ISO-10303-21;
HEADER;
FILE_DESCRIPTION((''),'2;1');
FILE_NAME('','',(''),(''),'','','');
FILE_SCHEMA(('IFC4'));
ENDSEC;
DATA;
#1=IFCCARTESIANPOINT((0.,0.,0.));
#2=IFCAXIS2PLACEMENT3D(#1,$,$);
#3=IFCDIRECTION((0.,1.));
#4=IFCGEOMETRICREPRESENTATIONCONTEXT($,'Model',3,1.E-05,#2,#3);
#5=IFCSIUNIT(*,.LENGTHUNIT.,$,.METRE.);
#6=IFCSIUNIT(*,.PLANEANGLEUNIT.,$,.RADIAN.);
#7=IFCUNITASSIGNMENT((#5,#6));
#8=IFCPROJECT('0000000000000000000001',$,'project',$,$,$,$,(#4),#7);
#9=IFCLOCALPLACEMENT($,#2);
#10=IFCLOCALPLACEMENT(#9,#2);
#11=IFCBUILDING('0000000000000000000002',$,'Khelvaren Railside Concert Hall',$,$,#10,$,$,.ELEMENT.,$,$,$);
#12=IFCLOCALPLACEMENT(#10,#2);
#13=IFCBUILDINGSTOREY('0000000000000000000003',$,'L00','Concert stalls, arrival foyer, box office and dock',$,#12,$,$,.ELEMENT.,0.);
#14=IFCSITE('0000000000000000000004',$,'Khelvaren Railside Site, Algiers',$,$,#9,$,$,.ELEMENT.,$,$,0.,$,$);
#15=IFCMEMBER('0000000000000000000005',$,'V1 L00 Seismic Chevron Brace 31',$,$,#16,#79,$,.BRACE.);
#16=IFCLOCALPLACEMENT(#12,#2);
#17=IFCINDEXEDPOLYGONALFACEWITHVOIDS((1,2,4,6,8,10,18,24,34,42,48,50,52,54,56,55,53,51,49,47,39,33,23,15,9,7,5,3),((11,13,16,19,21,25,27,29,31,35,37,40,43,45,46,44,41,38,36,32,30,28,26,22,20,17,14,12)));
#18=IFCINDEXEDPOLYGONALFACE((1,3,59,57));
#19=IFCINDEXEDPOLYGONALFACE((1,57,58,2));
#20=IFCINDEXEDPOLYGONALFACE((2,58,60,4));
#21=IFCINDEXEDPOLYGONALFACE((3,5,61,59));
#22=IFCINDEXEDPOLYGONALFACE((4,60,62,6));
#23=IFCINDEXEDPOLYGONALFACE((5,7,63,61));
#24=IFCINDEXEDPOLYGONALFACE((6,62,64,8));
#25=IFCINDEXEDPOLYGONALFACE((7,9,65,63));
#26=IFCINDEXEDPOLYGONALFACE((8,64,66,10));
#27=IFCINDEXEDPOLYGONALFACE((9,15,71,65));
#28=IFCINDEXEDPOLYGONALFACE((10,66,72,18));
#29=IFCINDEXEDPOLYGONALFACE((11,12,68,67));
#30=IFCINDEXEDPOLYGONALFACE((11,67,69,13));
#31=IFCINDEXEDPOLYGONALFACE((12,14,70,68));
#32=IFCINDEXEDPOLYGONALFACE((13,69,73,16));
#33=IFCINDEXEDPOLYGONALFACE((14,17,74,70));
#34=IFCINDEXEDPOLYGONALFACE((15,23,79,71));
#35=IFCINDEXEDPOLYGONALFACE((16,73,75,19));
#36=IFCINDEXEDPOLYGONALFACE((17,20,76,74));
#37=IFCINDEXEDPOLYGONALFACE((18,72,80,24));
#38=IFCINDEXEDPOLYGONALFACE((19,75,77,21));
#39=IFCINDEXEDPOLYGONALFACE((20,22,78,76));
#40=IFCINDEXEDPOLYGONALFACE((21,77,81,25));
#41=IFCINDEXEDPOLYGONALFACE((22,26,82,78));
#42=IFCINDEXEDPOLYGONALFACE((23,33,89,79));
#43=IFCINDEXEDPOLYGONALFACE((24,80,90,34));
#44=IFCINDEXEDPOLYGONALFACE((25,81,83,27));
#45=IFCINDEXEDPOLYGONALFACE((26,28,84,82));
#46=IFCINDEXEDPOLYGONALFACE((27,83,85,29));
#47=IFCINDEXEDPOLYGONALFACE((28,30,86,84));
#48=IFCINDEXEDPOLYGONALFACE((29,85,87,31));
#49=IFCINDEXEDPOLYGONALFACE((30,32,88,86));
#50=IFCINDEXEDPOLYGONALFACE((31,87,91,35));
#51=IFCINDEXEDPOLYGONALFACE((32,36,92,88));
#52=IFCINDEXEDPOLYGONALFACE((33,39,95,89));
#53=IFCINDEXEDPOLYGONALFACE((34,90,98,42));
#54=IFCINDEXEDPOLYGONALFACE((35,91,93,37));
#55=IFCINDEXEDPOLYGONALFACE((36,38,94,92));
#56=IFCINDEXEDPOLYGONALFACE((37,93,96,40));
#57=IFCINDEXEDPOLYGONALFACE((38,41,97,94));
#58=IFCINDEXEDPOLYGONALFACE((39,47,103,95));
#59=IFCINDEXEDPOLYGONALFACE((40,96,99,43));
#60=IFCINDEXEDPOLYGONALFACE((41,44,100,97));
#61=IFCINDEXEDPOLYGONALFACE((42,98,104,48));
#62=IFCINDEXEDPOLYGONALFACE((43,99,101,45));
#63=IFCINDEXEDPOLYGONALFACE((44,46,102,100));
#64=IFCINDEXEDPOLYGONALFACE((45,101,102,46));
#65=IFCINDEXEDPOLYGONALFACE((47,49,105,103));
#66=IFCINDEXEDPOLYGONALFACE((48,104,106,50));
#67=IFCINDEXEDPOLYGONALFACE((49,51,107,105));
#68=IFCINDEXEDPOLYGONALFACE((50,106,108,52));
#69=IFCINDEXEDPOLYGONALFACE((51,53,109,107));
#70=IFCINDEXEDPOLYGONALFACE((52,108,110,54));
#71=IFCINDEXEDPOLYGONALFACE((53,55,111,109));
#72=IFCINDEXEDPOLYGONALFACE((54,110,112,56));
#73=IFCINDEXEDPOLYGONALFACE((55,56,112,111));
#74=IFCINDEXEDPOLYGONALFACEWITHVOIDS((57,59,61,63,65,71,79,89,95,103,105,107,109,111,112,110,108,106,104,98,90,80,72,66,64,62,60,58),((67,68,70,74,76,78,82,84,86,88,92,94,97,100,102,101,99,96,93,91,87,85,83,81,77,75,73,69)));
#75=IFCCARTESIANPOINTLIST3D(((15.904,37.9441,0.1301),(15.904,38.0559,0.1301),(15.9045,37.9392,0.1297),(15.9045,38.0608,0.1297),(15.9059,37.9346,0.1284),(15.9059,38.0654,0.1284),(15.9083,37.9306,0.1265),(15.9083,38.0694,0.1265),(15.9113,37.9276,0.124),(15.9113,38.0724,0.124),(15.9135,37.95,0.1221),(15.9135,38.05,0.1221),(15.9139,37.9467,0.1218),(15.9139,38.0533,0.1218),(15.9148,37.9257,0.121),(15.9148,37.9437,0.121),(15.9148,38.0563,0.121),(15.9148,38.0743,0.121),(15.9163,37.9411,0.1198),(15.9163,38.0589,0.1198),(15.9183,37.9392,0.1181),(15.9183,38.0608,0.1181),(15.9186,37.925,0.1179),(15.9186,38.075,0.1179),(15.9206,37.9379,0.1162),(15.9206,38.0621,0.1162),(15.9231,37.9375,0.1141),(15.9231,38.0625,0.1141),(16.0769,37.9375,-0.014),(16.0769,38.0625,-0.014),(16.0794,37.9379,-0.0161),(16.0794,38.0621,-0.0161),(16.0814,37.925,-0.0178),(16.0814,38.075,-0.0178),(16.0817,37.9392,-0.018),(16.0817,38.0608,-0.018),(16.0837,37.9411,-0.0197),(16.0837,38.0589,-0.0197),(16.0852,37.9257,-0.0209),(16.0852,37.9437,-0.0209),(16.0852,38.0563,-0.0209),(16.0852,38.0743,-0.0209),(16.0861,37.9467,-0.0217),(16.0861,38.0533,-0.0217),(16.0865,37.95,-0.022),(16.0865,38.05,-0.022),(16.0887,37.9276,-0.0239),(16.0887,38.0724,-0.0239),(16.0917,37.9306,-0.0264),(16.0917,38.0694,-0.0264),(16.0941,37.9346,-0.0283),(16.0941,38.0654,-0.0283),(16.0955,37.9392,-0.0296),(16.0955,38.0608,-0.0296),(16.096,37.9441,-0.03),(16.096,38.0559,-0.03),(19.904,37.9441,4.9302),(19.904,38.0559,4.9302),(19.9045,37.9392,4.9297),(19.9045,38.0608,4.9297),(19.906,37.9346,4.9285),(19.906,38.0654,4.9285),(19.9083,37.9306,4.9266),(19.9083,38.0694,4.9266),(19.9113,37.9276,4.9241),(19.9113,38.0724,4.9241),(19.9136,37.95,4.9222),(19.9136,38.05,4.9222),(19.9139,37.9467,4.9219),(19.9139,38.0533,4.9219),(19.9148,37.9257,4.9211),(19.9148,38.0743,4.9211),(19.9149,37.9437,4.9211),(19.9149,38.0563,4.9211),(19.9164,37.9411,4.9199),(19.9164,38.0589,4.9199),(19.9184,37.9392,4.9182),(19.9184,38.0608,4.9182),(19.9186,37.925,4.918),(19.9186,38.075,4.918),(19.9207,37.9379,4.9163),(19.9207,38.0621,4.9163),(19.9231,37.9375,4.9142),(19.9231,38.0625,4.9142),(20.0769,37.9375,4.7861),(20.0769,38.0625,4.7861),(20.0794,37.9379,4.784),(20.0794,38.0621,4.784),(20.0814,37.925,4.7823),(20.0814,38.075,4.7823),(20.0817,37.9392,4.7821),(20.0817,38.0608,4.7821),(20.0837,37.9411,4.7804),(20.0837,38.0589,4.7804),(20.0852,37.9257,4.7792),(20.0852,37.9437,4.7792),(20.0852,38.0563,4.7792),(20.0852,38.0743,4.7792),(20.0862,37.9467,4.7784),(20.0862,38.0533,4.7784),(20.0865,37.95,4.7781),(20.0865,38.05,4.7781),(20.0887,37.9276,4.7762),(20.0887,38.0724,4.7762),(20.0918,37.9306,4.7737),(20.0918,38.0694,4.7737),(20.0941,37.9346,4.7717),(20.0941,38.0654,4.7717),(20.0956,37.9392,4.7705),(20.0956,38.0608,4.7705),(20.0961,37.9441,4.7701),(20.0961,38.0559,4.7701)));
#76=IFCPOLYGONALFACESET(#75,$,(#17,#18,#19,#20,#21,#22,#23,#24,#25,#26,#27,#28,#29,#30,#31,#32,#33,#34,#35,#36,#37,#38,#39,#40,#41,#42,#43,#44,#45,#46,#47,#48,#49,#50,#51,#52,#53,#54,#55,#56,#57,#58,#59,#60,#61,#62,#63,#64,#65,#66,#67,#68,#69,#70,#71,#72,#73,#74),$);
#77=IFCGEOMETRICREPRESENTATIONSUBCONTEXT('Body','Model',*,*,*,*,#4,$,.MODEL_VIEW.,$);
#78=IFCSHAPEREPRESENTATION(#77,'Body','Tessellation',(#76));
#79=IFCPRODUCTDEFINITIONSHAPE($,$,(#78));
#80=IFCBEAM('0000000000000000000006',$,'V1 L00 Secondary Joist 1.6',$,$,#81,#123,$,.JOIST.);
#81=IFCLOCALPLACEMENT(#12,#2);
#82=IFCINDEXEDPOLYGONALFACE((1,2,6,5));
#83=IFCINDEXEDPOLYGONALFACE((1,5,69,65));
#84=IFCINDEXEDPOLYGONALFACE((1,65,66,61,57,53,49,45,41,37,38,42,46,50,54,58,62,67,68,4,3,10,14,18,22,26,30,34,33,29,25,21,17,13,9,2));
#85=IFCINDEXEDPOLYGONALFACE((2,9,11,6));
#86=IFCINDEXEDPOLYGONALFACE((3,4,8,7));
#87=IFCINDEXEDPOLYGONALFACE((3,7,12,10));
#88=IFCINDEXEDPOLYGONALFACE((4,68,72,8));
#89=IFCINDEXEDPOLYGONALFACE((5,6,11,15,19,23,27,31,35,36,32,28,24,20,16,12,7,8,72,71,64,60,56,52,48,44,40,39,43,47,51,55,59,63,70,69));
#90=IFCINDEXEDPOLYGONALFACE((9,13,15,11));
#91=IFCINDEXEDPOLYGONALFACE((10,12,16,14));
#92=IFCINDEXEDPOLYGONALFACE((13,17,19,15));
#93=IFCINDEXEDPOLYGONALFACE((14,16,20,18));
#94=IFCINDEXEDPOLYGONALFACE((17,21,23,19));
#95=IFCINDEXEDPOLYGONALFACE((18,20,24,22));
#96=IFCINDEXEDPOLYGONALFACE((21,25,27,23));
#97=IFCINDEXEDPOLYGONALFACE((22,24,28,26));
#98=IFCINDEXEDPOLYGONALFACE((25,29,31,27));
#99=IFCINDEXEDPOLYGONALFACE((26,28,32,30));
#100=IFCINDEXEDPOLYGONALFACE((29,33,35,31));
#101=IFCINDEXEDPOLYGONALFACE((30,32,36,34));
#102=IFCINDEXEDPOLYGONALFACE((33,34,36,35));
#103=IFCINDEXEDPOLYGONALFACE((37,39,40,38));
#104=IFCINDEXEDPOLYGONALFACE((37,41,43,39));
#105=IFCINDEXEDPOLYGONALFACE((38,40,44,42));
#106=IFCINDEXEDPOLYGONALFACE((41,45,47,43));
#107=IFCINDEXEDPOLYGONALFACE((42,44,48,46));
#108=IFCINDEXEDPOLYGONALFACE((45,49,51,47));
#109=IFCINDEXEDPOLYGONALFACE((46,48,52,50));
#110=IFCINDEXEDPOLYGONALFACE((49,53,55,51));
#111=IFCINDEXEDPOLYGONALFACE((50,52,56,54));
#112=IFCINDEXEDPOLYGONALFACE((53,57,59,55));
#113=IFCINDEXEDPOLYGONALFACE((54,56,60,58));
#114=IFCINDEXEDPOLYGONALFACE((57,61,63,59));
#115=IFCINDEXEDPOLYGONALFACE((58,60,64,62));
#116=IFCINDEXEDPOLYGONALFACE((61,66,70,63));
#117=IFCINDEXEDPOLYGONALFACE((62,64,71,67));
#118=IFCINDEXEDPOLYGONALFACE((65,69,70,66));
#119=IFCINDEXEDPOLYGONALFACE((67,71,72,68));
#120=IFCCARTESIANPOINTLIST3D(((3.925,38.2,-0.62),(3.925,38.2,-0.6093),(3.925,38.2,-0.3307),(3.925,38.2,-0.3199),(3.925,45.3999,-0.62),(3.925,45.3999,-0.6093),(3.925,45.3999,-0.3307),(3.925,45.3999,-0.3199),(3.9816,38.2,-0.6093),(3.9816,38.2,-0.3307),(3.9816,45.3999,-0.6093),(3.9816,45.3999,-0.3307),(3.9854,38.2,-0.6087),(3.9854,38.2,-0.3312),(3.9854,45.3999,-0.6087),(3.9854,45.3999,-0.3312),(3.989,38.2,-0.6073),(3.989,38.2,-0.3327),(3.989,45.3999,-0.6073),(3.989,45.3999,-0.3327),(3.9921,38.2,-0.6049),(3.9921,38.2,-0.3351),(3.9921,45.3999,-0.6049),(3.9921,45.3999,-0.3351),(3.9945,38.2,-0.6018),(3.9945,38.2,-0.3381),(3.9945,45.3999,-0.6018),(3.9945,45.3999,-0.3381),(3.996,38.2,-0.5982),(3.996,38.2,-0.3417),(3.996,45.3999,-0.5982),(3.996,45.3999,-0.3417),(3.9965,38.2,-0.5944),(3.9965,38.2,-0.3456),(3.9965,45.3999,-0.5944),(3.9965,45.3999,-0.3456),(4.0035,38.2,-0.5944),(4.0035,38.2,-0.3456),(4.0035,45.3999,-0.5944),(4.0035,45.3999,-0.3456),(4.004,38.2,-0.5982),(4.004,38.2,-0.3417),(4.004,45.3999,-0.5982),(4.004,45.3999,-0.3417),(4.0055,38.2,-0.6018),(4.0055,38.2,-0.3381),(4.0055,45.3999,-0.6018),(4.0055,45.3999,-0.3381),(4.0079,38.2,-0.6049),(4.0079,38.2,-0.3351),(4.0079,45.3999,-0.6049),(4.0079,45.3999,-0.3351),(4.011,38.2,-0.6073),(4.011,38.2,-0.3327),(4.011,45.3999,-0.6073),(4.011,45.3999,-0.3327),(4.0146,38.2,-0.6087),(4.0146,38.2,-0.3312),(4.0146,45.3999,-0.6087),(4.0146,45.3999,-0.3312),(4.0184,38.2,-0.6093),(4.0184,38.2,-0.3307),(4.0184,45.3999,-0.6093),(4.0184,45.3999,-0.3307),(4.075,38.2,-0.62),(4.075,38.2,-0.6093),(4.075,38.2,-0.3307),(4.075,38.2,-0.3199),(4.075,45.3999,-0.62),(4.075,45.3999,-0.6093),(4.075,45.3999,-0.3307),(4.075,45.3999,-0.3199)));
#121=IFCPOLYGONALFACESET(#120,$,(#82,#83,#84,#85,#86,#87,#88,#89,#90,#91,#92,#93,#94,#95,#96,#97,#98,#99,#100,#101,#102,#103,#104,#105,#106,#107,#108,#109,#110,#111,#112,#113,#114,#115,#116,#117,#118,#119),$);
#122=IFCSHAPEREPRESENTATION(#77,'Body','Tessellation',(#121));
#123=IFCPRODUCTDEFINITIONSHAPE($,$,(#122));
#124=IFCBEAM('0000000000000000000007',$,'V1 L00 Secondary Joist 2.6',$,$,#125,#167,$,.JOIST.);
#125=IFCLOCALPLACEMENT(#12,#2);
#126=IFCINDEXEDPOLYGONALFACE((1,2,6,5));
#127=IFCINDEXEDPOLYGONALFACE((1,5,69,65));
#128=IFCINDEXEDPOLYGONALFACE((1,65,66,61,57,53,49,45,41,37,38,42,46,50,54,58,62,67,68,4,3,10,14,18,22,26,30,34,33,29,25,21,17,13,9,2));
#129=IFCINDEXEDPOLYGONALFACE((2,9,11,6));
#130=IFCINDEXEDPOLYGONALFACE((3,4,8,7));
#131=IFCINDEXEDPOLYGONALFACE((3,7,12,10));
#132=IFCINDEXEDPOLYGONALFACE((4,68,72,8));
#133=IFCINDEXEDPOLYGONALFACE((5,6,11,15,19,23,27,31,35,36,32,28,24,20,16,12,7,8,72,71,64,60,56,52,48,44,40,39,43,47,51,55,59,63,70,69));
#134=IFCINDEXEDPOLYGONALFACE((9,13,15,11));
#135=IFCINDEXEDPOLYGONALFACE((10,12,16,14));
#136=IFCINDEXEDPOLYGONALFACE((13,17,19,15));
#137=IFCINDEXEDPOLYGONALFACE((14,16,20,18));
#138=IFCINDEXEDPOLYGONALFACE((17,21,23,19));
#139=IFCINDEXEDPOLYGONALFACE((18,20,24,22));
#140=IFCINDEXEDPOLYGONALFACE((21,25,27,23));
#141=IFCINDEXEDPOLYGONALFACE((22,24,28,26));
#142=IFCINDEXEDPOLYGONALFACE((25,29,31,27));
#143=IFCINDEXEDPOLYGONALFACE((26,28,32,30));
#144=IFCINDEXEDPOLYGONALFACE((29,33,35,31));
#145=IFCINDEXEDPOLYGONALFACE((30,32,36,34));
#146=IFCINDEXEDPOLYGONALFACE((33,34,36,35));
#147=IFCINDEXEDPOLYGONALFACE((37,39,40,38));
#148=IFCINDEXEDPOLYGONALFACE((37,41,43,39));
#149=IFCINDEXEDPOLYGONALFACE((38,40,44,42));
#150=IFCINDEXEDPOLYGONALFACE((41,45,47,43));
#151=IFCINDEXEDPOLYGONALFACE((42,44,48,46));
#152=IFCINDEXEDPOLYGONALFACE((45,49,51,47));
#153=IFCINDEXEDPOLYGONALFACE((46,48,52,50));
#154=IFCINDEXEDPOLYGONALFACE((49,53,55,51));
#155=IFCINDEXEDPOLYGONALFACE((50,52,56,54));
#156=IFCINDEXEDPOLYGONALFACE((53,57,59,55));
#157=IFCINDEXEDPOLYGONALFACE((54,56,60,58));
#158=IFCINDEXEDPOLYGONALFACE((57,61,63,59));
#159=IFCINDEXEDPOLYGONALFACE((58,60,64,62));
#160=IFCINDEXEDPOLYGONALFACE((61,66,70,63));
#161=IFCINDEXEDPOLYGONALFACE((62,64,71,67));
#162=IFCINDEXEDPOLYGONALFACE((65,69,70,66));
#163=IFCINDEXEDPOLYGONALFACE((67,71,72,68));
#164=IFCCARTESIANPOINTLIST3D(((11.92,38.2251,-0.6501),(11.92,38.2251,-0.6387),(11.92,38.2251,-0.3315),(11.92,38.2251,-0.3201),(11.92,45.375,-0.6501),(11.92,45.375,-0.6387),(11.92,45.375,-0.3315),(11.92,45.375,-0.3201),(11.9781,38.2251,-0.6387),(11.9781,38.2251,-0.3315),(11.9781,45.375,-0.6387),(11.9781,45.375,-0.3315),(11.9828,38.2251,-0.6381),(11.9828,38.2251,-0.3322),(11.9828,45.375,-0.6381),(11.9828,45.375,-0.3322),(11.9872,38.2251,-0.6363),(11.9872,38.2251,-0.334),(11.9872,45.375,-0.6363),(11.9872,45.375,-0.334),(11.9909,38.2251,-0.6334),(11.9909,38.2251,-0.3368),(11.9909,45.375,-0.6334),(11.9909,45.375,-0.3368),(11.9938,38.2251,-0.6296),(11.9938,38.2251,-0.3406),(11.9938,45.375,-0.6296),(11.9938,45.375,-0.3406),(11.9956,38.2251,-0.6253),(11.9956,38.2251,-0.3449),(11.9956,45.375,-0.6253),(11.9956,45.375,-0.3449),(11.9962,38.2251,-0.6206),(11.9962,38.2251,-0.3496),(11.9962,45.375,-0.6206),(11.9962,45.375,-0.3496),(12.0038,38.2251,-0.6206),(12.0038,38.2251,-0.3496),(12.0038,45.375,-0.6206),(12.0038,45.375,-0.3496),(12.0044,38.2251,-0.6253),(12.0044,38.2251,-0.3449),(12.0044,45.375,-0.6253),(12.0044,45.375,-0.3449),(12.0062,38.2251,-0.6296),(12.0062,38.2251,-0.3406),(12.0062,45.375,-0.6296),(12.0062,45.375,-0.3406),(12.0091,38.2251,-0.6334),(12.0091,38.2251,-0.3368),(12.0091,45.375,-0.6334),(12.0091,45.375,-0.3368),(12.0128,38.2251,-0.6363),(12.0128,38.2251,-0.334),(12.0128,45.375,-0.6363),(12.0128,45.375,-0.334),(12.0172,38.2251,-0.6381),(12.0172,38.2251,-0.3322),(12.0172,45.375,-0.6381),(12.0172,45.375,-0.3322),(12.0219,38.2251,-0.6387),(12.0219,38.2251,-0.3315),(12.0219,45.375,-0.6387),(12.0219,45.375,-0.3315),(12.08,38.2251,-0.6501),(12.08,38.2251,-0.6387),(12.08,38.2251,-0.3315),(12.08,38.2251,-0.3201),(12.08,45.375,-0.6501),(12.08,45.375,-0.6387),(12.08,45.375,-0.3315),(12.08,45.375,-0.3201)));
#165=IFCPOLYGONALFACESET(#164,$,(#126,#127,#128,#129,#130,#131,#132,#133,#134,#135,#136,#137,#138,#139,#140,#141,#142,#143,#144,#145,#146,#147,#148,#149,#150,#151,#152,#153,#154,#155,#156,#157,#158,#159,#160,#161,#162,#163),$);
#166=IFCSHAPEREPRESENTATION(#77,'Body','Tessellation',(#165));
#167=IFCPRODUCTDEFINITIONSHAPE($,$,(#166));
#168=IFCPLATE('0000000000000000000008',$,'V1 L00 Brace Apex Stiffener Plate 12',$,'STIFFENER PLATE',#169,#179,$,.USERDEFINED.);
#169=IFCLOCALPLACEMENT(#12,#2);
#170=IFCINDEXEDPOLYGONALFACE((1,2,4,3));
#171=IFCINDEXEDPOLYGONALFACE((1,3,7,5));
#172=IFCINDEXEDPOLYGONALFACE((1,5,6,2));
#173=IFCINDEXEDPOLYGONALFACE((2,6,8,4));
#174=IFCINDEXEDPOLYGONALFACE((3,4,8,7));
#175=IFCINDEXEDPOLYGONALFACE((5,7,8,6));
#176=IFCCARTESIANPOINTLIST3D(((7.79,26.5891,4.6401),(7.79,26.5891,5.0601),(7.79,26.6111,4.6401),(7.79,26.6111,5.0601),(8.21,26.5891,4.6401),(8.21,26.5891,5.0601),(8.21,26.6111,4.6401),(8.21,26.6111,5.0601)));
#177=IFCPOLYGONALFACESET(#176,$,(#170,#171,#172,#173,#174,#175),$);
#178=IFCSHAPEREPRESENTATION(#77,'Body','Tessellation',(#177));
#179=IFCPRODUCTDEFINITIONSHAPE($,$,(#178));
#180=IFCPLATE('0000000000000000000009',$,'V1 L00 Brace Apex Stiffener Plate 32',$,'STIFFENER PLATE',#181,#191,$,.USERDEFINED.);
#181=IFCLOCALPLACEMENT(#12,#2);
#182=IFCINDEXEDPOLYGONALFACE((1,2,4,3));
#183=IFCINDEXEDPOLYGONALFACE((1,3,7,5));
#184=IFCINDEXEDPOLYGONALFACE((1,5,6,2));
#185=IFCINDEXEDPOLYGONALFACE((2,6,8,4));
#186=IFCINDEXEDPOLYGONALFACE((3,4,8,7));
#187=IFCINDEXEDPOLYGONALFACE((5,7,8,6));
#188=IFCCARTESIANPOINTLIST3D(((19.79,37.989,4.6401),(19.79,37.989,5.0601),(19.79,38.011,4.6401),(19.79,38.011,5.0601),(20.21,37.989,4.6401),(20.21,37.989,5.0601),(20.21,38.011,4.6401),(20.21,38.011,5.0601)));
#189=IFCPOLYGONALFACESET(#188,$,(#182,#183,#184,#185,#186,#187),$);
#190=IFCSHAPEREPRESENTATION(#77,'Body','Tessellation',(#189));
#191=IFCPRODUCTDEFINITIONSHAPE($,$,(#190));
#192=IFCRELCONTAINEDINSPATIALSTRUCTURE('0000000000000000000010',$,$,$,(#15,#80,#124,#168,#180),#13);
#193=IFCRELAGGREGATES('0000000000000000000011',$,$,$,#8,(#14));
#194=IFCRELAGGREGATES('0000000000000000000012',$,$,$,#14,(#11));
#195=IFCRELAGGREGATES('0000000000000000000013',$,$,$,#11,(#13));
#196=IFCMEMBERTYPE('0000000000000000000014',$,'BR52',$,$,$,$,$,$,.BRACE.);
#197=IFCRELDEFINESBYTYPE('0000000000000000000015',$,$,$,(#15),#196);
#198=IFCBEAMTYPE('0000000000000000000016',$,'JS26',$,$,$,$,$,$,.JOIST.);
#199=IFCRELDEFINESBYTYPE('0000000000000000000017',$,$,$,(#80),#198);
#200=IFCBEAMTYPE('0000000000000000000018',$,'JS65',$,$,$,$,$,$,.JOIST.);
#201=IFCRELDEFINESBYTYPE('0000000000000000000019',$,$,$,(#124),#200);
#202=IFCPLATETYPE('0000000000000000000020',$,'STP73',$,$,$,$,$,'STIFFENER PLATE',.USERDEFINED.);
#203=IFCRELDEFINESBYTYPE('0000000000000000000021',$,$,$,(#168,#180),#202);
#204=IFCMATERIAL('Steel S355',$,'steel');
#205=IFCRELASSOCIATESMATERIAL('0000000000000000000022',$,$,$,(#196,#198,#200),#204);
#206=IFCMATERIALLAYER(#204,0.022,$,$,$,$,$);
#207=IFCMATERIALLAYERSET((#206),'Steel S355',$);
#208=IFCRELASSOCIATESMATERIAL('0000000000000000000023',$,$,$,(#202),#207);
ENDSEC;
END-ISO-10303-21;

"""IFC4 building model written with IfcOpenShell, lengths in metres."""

from ifc_helpers import new_model, si_unit, direction, frame, origin, origin_2d, place, context, subcontext, project, spatial, rectangle, hollow_rectangle, i_section, extrude, material, layer, layer_set, material_profile, profile_set, type_object, element, save


model = new_model("IFC4")

# Units and contexts
model_context = context("Model", 3, precision=1e-05, world=origin(), true_north=direction((0.0, 1.0)))
body_context = subcontext(model_context, "Body", "Model", "MODEL_VIEW")
ifc_project = project(units=[si_unit("LENGTHUNIT", "METRE"), si_unit("PLANEANGLEUNIT", "RADIAN")], contexts=[model_context])

# Site, building, storey
site_placement = place(None, origin())
site = spatial("IfcSite", under=ifc_project, at=site_placement, Name="Khelvaren Railside Site, Algiers", CompositionType="ELEMENT", RefElevation=0.0)
building_placement = place(site_placement, origin())
building = spatial("IfcBuilding", under=site, at=building_placement, Name="Khelvaren Railside Concert Hall", CompositionType="ELEMENT")
storey_placement = place(building_placement, origin())
storey = spatial("IfcBuildingStorey", under=building, at=storey_placement, Name="L00", Description="Concert stalls, arrival foyer, box office and dock", CompositionType="ELEMENT", Elevation=0.0)

# Shared definitions
ifc_material_1 = material(Name="Steel S355", Category="steel")

# Member
ifc_material_profile_1 = material_profile(ifc_material_1, hollow_rectangle(XDim=0.1499, YDim=0.25, WallThickness=0.0125, InnerFilletRadius=0.0125, OuterFilletRadius=0.019, at=origin_2d()), Name="RHS 250x150x12.5")
ifc_profile_set_1 = profile_set([ifc_material_profile_1], Name="Steel S355")
member_type = type_object("IfcMemberType", Name="BR52", PredefinedType="BRACE", material=ifc_profile_set_1)
member_1_placement = place(storey_placement, frame((16.0, 38.0, 0.05), z_axis=(0.640181, 0.0, 0.768224), x_axis=(0.0, 1.0, 0.0)))
element("IfcMember", 1, at=member_1_placement, inside=storey, type_object=member_type, Name="V1 L00 Seismic Chevron Brace 31", PredefinedType="BRACE", context=body_context, shape_type="SweptSolid", body=[
    extrude(hollow_rectangle(XDim=0.1499, YDim=0.25, WallThickness=0.0125, InnerFilletRadius=0.0125, OuterFilletRadius=0.019, at=origin_2d()), origin(), (0.0, 0.0, 1.0), 6.2483),
])

# Beams
ifc_material_profile_2 = material_profile(ifc_material_1, i_section(OverallWidth=0.1499, OverallDepth=0.3, WebThickness=0.0071, FlangeThickness=0.0107, FilletRadius=0.0149, at=origin_2d()), Name="IPE 300")
ifc_profile_set_2 = profile_set([ifc_material_profile_2], Name="Steel S355")
beam_type_1 = type_object("IfcBeamType", Name="JS26", PredefinedType="JOIST", material=ifc_profile_set_2)
beam_1_placement = place(storey_placement, frame((4.0, 38.2, -0.47), z_axis=(0.0, 1.0, 0.0), x_axis=(-1.0, 0.0, 0.0)))
element("IfcBeam", 2, at=beam_1_placement, inside=storey, type_object=beam_type_1, Name="V1 L00 Secondary Joist 1.6", PredefinedType="JOIST", context=body_context, shape_type="SweptSolid", body=[
    extrude(i_section(OverallWidth=0.1499, OverallDepth=0.3, WebThickness=0.0071, FlangeThickness=0.0107, FilletRadius=0.0149, at=origin_2d()), origin(), (0.0, 0.0, 1.0), 7.2),
])
ifc_material_profile_3 = material_profile(ifc_material_1, i_section(OverallWidth=0.1599, OverallDepth=0.3301, WebThickness=0.0076, FlangeThickness=0.0115, FilletRadius=0.0181, at=origin_2d()), Name="IPE 330")
ifc_profile_set_3 = profile_set([ifc_material_profile_3], Name="Steel S355")
beam_type_2 = type_object("IfcBeamType", Name="JS65", PredefinedType="JOIST", material=ifc_profile_set_3)
beam_2_placement = place(storey_placement, frame((12.0, 38.2251, -0.4851), z_axis=(0.0, 1.0, 0.0), x_axis=(-1.0, 0.0, 0.0)))
element("IfcBeam", 3, at=beam_2_placement, inside=storey, type_object=beam_type_2, Name="V1 L00 Secondary Joist 2.6", PredefinedType="JOIST", context=body_context, shape_type="SweptSolid", body=[
    extrude(i_section(OverallWidth=0.1599, OverallDepth=0.3301, WebThickness=0.0076, FlangeThickness=0.0115, FilletRadius=0.0181, at=origin_2d()), origin(), (0.0, 0.0, 1.0), 7.1499),
])

# Plates
ifc_layer_1 = layer(ifc_material_1, 0.022)
ifc_layer_set_1 = layer_set([ifc_layer_1], Name="Steel S355")
plate_type = type_object("IfcPlateType", Name="STP73", ElementType="STIFFENER PLATE", PredefinedType="USERDEFINED", material=ifc_layer_set_1)
for number, where, z_axis, x_axis, name in (
    (4, (8.0, 26.6001, 4.6401), (0.0, 0.0, 1.0), (1.0, 0.0, 0.0), "V1 L00 Brace Apex Stiffener Plate 12"),
    (5, (20.0, 38.0, 4.6401), (0.0, 0.0, 1.0), (1.0, 0.0, 0.0), "V1 L00 Brace Apex Stiffener Plate 32"),
):
    element("IfcPlate", number, at=place(storey_placement, frame(where, z_axis=z_axis, x_axis=x_axis)), inside=storey, type_object=plate_type, Name=name, ObjectType="STIFFENER PLATE", PredefinedType="USERDEFINED", context=body_context, shape_type="SweptSolid", body=[
        extrude(rectangle(XDim=0.4199, YDim=0.022, at=origin_2d()), origin(), (0.0, 0.0, 1.0), 0.4199),
    ])

save(model, "model.ifc")
